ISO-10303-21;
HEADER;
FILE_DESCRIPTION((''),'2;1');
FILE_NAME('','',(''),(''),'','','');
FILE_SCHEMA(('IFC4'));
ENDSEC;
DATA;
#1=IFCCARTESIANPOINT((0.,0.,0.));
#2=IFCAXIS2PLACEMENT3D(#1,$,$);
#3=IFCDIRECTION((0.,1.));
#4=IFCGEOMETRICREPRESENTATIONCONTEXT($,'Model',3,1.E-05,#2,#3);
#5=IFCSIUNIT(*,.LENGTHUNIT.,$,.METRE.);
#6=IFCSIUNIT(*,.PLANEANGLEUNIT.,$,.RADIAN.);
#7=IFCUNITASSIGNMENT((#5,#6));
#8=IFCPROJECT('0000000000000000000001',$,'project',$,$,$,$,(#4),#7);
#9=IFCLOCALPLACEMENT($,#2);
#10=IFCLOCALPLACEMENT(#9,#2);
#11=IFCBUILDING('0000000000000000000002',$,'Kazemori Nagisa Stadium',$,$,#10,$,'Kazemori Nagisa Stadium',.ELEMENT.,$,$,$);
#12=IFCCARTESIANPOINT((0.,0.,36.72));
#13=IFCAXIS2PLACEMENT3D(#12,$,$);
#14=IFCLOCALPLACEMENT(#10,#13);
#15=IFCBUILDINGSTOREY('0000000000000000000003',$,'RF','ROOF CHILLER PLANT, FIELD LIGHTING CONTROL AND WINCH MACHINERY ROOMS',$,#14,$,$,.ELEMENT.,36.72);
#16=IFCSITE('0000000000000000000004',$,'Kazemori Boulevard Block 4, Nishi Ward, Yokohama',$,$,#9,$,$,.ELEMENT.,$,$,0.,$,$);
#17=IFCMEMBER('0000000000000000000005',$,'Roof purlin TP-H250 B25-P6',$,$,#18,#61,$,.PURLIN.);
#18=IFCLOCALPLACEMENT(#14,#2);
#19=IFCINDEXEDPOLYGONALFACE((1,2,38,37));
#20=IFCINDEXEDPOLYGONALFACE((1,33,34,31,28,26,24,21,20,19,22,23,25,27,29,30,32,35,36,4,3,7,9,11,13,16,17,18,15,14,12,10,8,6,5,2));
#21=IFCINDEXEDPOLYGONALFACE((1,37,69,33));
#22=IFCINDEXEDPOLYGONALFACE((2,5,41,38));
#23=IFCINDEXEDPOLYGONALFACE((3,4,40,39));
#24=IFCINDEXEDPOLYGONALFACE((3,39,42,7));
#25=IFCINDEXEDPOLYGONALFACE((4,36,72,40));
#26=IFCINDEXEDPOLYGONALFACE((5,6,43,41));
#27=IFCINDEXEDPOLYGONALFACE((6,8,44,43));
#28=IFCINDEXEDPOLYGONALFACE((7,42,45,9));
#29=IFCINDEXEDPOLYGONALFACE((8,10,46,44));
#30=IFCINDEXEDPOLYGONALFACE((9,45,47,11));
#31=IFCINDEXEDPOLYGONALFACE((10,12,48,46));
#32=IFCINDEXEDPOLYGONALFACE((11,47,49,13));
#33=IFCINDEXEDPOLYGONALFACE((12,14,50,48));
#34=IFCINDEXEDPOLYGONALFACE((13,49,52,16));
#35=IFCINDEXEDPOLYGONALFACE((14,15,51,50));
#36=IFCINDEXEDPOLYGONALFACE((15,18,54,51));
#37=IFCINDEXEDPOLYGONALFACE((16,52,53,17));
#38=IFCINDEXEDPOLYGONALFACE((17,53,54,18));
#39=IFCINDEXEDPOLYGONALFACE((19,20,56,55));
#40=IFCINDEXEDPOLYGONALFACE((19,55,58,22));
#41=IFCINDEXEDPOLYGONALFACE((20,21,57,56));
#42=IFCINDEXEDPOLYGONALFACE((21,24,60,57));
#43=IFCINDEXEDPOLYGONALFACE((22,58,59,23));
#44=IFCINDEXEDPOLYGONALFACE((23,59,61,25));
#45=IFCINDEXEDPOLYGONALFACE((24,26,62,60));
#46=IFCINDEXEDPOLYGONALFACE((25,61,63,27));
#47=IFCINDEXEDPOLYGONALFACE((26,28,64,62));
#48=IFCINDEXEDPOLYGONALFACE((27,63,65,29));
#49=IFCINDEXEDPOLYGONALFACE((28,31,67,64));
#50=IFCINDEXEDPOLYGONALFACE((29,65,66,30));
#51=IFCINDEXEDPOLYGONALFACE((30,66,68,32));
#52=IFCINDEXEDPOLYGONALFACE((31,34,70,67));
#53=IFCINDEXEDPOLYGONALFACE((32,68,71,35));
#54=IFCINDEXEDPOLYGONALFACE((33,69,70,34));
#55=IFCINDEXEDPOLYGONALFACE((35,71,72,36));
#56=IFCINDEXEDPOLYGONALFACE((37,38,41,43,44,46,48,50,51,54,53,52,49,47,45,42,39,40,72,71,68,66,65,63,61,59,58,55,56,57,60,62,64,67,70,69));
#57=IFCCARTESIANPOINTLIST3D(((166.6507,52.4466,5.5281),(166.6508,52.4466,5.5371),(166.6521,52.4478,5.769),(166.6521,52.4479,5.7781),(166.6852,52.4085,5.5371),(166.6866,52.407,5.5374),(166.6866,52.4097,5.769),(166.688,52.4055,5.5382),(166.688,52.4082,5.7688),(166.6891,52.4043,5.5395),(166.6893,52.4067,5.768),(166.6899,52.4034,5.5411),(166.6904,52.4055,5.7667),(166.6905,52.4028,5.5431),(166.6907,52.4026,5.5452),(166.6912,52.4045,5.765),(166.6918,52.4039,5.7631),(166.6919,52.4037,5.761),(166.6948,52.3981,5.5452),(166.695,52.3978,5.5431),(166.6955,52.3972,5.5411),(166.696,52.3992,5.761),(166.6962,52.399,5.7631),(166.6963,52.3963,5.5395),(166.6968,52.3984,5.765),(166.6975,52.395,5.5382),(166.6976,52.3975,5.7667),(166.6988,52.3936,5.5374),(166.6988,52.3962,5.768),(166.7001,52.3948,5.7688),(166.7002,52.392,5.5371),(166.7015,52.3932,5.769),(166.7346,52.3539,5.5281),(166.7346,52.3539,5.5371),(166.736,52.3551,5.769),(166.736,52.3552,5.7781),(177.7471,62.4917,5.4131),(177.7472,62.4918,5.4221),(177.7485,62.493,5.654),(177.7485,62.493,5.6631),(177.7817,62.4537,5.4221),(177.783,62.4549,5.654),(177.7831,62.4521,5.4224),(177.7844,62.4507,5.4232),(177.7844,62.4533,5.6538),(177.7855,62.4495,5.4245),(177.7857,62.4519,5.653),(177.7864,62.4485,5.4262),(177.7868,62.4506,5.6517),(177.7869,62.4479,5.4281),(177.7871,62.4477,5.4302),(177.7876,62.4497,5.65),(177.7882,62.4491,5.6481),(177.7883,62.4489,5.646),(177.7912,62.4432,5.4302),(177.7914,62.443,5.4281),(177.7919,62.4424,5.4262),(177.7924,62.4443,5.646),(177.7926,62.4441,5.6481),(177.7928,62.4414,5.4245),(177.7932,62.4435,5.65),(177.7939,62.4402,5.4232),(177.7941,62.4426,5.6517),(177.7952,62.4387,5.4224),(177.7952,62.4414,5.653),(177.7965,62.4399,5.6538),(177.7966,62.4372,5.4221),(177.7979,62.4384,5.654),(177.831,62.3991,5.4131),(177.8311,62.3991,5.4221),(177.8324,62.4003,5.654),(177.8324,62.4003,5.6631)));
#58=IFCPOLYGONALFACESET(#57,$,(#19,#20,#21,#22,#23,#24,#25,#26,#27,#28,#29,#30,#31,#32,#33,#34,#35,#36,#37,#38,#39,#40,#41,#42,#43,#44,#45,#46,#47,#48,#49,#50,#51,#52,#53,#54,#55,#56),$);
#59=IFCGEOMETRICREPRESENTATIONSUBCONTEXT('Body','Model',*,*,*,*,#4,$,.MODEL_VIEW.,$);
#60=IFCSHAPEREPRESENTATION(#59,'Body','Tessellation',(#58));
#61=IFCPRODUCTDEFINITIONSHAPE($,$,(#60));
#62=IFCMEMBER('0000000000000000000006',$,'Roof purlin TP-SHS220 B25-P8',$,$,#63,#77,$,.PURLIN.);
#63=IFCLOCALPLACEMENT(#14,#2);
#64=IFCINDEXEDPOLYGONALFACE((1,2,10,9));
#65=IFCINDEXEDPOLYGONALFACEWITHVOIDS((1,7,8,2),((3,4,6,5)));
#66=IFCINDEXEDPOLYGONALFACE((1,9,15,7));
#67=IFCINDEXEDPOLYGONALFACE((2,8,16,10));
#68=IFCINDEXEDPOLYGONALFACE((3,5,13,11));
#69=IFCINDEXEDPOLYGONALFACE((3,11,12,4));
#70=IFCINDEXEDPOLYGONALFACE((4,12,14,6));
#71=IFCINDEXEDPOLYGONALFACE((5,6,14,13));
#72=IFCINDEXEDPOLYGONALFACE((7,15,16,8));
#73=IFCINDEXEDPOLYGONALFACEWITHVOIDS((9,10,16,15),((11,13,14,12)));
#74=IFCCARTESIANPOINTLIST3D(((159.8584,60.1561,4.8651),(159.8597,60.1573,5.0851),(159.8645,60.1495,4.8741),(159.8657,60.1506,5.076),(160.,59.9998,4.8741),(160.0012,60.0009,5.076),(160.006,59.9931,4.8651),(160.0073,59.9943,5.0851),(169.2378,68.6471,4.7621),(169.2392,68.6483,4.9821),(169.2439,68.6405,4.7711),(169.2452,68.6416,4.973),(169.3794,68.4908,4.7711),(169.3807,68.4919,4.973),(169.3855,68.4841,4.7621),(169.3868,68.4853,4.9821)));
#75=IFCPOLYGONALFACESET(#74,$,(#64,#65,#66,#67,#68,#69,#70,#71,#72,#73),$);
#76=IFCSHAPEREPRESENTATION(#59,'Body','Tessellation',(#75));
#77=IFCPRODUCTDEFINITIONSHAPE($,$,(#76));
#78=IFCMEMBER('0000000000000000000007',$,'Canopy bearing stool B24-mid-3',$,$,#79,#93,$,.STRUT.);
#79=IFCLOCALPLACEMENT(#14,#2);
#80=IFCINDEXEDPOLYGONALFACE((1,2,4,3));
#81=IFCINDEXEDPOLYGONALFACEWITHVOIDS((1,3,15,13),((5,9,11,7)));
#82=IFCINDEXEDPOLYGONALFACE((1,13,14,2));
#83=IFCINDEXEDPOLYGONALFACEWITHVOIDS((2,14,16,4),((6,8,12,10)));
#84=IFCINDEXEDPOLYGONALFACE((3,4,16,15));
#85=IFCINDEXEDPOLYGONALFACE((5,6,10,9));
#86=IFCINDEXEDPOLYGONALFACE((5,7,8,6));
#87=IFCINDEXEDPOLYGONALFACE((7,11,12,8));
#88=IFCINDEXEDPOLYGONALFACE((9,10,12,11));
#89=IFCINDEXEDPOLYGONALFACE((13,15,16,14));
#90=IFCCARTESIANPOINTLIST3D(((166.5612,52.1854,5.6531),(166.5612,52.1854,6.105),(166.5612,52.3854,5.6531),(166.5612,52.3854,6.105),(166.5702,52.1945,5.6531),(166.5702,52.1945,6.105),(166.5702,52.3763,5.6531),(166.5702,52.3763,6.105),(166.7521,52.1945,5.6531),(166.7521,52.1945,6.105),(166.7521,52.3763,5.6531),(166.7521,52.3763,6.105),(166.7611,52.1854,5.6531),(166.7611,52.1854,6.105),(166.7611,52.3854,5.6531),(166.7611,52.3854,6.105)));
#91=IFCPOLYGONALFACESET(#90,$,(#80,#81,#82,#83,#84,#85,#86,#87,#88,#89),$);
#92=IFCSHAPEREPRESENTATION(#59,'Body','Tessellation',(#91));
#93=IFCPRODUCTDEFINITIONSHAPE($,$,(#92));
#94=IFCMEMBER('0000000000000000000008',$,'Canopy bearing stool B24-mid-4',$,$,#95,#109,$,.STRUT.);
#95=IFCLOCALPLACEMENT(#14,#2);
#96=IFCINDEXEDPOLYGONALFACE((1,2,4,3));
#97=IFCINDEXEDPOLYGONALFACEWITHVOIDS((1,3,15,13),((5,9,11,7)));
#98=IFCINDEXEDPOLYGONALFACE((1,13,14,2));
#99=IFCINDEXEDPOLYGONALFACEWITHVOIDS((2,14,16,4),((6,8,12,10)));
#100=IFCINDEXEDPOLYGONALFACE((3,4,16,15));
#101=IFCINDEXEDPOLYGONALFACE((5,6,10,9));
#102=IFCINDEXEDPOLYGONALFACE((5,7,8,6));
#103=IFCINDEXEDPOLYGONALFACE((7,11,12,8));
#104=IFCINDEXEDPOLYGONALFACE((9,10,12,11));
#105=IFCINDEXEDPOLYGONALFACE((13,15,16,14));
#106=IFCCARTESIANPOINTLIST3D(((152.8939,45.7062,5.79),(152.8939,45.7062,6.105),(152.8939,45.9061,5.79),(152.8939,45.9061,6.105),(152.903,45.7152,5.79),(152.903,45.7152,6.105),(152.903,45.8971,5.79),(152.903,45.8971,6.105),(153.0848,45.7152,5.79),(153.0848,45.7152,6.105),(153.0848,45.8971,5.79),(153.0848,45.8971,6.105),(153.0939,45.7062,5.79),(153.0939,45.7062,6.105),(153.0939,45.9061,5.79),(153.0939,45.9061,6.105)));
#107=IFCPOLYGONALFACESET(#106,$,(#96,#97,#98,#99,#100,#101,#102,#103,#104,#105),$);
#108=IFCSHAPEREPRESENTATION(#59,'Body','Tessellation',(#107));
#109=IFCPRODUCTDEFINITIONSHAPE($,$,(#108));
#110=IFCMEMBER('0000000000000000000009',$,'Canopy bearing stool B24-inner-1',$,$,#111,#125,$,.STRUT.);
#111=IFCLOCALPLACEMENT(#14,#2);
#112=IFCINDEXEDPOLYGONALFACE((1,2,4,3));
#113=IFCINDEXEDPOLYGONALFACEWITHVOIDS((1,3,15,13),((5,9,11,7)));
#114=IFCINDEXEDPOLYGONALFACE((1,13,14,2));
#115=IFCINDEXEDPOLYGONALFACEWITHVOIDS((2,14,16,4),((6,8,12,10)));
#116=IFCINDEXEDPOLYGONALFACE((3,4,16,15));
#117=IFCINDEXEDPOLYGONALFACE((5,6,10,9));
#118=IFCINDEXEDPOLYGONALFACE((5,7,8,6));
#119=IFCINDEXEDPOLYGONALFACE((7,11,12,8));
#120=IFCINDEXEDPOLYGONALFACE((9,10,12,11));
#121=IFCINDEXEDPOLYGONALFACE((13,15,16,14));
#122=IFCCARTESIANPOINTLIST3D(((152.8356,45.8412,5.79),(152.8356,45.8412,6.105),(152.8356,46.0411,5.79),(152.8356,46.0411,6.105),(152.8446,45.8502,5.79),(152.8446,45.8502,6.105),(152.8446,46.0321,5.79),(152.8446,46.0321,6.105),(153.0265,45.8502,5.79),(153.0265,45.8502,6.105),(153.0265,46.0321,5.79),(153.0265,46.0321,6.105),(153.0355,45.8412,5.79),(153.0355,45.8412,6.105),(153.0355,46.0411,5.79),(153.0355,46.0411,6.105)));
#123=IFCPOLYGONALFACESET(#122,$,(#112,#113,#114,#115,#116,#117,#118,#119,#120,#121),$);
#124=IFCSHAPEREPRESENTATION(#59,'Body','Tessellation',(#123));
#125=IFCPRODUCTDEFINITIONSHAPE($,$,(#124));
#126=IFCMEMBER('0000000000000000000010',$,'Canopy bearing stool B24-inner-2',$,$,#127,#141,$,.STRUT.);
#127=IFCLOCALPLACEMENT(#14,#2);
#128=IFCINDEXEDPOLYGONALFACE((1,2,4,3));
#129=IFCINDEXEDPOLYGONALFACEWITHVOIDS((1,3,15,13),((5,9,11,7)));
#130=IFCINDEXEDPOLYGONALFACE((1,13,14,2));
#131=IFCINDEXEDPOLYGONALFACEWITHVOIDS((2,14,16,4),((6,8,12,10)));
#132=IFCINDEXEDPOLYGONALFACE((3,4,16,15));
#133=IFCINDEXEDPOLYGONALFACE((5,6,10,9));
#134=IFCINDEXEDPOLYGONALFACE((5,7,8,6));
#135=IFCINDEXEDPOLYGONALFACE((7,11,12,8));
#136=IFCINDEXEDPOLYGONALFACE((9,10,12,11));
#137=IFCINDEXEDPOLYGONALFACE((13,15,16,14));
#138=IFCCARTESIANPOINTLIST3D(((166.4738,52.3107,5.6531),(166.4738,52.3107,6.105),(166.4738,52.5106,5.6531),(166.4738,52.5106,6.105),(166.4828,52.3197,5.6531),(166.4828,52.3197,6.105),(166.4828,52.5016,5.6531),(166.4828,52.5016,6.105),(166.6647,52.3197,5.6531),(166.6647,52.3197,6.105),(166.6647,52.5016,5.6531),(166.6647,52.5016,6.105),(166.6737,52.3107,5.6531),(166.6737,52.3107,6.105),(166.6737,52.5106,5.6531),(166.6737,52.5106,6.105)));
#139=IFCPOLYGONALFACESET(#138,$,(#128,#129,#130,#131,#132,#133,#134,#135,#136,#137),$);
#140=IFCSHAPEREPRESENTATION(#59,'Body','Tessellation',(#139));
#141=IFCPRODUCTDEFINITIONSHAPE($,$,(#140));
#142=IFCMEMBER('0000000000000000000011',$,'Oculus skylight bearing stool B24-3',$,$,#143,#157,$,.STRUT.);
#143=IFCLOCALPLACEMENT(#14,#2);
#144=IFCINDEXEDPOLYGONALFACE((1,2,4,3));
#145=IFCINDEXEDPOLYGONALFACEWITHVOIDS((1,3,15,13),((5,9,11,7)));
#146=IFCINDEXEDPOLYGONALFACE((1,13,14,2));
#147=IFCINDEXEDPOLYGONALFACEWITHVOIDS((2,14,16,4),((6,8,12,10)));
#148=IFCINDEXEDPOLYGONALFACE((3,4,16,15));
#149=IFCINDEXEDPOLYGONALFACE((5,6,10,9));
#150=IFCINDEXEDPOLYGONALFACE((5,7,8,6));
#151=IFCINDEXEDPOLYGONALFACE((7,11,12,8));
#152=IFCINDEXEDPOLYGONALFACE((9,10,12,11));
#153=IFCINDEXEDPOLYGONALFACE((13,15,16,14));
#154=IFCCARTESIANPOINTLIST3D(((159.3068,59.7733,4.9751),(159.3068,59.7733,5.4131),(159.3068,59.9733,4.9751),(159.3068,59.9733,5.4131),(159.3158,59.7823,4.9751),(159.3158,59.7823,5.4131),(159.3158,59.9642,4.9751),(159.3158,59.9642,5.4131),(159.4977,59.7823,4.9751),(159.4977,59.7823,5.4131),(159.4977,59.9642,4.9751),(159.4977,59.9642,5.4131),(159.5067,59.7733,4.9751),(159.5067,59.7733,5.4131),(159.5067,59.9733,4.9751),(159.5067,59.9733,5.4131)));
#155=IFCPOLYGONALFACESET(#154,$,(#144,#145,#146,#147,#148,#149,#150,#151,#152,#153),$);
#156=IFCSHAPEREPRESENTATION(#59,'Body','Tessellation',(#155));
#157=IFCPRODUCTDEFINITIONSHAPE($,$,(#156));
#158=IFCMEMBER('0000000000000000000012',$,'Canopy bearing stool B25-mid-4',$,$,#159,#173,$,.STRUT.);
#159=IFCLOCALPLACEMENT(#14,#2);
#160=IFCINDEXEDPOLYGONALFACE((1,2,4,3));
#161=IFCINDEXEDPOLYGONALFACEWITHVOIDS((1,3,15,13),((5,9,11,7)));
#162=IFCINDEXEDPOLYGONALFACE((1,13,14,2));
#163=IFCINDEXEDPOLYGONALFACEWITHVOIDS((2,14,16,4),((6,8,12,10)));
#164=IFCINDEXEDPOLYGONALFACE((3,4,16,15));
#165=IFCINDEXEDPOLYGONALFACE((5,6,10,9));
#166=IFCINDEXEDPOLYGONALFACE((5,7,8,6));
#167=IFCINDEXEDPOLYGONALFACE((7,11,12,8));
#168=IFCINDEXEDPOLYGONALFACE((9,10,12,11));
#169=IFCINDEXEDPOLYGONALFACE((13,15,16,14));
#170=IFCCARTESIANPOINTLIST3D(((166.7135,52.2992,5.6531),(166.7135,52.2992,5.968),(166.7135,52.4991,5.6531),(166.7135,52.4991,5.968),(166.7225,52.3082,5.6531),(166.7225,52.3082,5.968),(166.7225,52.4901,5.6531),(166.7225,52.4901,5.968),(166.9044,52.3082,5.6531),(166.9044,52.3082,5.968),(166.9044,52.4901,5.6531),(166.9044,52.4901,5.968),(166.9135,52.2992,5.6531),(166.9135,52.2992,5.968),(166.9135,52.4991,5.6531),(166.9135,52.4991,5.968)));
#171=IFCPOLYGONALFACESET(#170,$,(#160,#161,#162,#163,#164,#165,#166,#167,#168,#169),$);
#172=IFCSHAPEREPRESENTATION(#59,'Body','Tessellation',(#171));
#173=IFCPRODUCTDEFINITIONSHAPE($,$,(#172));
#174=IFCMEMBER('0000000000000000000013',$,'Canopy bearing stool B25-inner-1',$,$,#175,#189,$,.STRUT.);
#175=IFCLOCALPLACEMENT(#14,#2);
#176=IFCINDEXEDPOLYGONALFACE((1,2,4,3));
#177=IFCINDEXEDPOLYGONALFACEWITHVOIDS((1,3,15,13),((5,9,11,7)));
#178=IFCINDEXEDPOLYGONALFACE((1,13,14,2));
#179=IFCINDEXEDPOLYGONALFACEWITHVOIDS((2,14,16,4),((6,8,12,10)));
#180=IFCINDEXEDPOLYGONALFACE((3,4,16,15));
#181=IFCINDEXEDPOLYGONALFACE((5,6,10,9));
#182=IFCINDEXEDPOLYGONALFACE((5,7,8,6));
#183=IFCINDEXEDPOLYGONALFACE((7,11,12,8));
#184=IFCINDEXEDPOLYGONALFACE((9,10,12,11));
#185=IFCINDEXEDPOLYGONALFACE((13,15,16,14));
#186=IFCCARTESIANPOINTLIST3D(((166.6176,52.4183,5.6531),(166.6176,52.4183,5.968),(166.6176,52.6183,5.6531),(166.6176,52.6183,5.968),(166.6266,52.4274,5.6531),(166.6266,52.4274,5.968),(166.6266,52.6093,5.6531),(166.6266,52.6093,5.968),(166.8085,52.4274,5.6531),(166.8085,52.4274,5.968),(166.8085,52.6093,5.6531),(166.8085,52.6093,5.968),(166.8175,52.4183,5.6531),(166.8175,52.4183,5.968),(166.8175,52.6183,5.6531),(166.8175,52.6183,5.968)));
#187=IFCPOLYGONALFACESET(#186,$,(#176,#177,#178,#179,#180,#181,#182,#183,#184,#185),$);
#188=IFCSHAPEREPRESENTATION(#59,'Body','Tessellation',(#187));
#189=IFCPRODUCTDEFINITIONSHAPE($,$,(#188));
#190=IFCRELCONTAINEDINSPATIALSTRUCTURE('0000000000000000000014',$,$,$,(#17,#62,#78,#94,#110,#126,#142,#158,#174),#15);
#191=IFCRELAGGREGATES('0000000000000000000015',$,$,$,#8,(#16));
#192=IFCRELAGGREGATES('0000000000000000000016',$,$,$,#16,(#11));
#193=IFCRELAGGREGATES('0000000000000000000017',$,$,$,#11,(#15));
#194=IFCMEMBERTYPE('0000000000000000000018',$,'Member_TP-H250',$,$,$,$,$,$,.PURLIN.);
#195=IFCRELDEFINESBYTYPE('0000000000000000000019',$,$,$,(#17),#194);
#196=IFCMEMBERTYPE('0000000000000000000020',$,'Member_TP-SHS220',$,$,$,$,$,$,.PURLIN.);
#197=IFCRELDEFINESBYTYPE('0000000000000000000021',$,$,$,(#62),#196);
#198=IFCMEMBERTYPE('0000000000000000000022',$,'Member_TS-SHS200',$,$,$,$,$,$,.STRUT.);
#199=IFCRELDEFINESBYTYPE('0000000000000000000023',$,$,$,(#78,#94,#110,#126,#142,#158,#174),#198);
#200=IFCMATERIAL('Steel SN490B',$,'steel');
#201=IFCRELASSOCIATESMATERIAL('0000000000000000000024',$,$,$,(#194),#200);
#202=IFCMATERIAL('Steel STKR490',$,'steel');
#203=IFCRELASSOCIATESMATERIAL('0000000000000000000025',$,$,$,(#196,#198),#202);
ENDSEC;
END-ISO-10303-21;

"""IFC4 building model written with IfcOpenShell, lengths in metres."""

from ifc_helpers import new_model, si_unit, direction, frame, origin, origin_2d, place, context, subcontext, project, spatial, hollow_rectangle, i_section, extrude, material, material_profile, profile_set, type_object, element, save


model = new_model("IFC4")

# Units and contexts
model_context = context("Model", 3, precision=1e-05, world=origin(), true_north=direction((0.0, 1.0)))
body_context = subcontext(model_context, "Body", "Model", "MODEL_VIEW")
ifc_project = project(units=[si_unit("LENGTHUNIT", "METRE"), si_unit("PLANEANGLEUNIT", "RADIAN")], contexts=[model_context])

# Site, building, storey
site_placement = place(None, origin())
site = spatial("IfcSite", under=ifc_project, at=site_placement, Name="Kazemori Boulevard Block 4, Nishi Ward, Yokohama", CompositionType="ELEMENT", RefElevation=0.0)
building_placement = place(site_placement, origin())
building = spatial("IfcBuilding", under=site, at=building_placement, Name="Kazemori Nagisa Stadium", LongName="Kazemori Nagisa Stadium", CompositionType="ELEMENT")
storey_placement = place(building_placement, frame((0.0, 0.0, 36.72)))
storey = spatial("IfcBuildingStorey", under=building, at=storey_placement, Name="RF", Description="ROOF CHILLER PLANT, FIELD LIGHTING CONTROL AND WINCH MACHINERY ROOMS", CompositionType="ELEMENT", Elevation=36.72)

# Members
ifc_material_1 = material(Name="Steel STKR490", Category="steel")
ifc_material_2 = material(Name="Steel SN490B", Category="steel")
ifc_material_profile_1 = material_profile(ifc_material_2, i_section(OverallWidth=0.125, OverallDepth=0.25, WebThickness=0.0061, FlangeThickness=0.009, FilletRadius=0.0081, at=origin_2d()), Name="H-250x125x6x9")
ifc_profile_set_1 = profile_set([ifc_material_profile_1], Name="Steel SN490B")
member_type_1 = type_object("IfcMemberType", Name="Member_TP-H250", PredefinedType="PURLIN", material=ifc_profile_set_1)
member_1_placement = place(storey_placement, frame((166.6934, 52.4009, 5.6531), z_axis=(0.74133, 0.671097, -0.007682), x_axis=(-0.671117, 0.741352, 0.0)))
element("IfcMember", 1, at=member_1_placement, inside=storey, type_object=member_type_1, Name="Roof purlin TP-H250 B25-P6", PredefinedType="PURLIN", context=body_context, shape_type="SweptSolid", body=[
    extrude(i_section(OverallWidth=0.125, OverallDepth=0.25, WebThickness=0.0061, FlangeThickness=0.009, FilletRadius=0.0081, at=origin_2d()), origin(), (0.0, 0.0, 1.0), 14.9683),
])
ifc_material_profile_2 = material_profile(ifc_material_1, hollow_rectangle(XDim=0.22, YDim=0.22, WallThickness=0.009, at=origin_2d()), Name="SHS-220x220x9")
ifc_profile_set_2 = profile_set([ifc_material_profile_2], Name="Steel STKR490")
member_type_2 = type_object("IfcMemberType", Name="Member_TP-SHS220", PredefinedType="PURLIN", material=ifc_profile_set_2)
member_2_placement = place(storey_placement, frame((159.9329, 60.0752, 4.9751), z_axis=(0.741321, 0.671102, -0.008143), x_axis=(-0.671124, 0.741345, 0.0)))
element("IfcMember", 2, at=member_2_placement, inside=storey, type_object=member_type_2, Name="Roof purlin TP-SHS220 B25-P8", PredefinedType="PURLIN", context=body_context, shape_type="SweptSolid", body=[
    extrude(hollow_rectangle(XDim=0.22, YDim=0.22, WallThickness=0.009, at=origin_2d()), origin(), (0.0, 0.0, 1.0), 12.6523),
])
ifc_material_profile_3 = material_profile(ifc_material_1, hollow_rectangle(XDim=0.2, YDim=0.2, WallThickness=0.009, at=origin_2d()), Name="SHS-200x200x9")
ifc_profile_set_3 = profile_set([ifc_material_profile_3], Name="Steel STKR490")
member_type_3 = type_object("IfcMemberType", Name="Member_TS-SHS200", PredefinedType="STRUT", material=ifc_profile_set_3)
member_3_placement = place(storey_placement, frame((166.6611, 52.2854, 5.6531), z_axis=(0.0, 0.0, 1.0), x_axis=(1.0, 0.0, 0.0)))
element("IfcMember", 3, at=member_3_placement, inside=storey, type_object=member_type_3, Name="Canopy bearing stool B24-mid-3", PredefinedType="STRUT", context=body_context, shape_type="SweptSolid", body=[
    extrude(hollow_rectangle(XDim=0.2, YDim=0.2, WallThickness=0.009, at=origin_2d()), origin(), (0.0, 0.0, 1.0), 0.4519),
])
for number, where, z_axis, x_axis, name in (
    (4, (152.9939, 45.8062, 5.79), (0.0, 0.0, 1.0), (1.0, 0.0, 0.0), "Canopy bearing stool B24-mid-4"),
    (5, (152.9355, 45.9412, 5.79), (0.0, 0.0, 1.0), (1.0, 0.0, 0.0), "Canopy bearing stool B24-inner-1"),
):
    element("IfcMember", number, at=place(storey_placement, frame(where, z_axis=z_axis, x_axis=x_axis)), inside=storey, type_object=member_type_3, Name=name, PredefinedType="STRUT", context=body_context, shape_type="SweptSolid", body=[
        extrude(hollow_rectangle(XDim=0.2, YDim=0.2, WallThickness=0.009, at=origin_2d()), origin(), (0.0, 0.0, 1.0), 0.3149),
    ])
member_4_placement = place(storey_placement, frame((166.5737, 52.4106, 5.6531), z_axis=(0.0, 0.0, 1.0), x_axis=(1.0, 0.0, 0.0)))
element("IfcMember", 6, at=member_4_placement, inside=storey, type_object=member_type_3, Name="Canopy bearing stool B24-inner-2", PredefinedType="STRUT", context=body_context, shape_type="SweptSolid", body=[
    extrude(hollow_rectangle(XDim=0.2, YDim=0.2, WallThickness=0.009, at=origin_2d()), origin(), (0.0, 0.0, 1.0), 0.4519),
])
member_5_placement = place(storey_placement, frame((159.4067, 59.8733, 4.9751), z_axis=(0.0, 0.0, 1.0), x_axis=(1.0, 0.0, 0.0)))
element("IfcMember", 7, at=member_5_placement, inside=storey, type_object=member_type_3, Name="Oculus skylight bearing stool B24-3", PredefinedType="STRUT", context=body_context, shape_type="SweptSolid", body=[
    extrude(hollow_rectangle(XDim=0.2, YDim=0.2, WallThickness=0.009, at=origin_2d()), origin(), (0.0, 0.0, 1.0), 0.438),
])
for number, where, z_axis, x_axis, name in (
    (8, (166.8135, 52.3992, 5.6531), (0.0, 0.0, 1.0), (1.0, 0.0, 0.0), "Canopy bearing stool B25-mid-4"),
    (9, (166.7175, 52.5183, 5.6531), (0.0, 0.0, 1.0), (1.0, 0.0, 0.0), "Canopy bearing stool B25-inner-1"),
):
    element("IfcMember", number, at=place(storey_placement, frame(where, z_axis=z_axis, x_axis=x_axis)), inside=storey, type_object=member_type_3, Name=name, PredefinedType="STRUT", context=body_context, shape_type="SweptSolid", body=[
        extrude(hollow_rectangle(XDim=0.2, YDim=0.2, WallThickness=0.009, at=origin_2d()), origin(), (0.0, 0.0, 1.0), 0.3149),
    ])

save(model, "model.ifc")
